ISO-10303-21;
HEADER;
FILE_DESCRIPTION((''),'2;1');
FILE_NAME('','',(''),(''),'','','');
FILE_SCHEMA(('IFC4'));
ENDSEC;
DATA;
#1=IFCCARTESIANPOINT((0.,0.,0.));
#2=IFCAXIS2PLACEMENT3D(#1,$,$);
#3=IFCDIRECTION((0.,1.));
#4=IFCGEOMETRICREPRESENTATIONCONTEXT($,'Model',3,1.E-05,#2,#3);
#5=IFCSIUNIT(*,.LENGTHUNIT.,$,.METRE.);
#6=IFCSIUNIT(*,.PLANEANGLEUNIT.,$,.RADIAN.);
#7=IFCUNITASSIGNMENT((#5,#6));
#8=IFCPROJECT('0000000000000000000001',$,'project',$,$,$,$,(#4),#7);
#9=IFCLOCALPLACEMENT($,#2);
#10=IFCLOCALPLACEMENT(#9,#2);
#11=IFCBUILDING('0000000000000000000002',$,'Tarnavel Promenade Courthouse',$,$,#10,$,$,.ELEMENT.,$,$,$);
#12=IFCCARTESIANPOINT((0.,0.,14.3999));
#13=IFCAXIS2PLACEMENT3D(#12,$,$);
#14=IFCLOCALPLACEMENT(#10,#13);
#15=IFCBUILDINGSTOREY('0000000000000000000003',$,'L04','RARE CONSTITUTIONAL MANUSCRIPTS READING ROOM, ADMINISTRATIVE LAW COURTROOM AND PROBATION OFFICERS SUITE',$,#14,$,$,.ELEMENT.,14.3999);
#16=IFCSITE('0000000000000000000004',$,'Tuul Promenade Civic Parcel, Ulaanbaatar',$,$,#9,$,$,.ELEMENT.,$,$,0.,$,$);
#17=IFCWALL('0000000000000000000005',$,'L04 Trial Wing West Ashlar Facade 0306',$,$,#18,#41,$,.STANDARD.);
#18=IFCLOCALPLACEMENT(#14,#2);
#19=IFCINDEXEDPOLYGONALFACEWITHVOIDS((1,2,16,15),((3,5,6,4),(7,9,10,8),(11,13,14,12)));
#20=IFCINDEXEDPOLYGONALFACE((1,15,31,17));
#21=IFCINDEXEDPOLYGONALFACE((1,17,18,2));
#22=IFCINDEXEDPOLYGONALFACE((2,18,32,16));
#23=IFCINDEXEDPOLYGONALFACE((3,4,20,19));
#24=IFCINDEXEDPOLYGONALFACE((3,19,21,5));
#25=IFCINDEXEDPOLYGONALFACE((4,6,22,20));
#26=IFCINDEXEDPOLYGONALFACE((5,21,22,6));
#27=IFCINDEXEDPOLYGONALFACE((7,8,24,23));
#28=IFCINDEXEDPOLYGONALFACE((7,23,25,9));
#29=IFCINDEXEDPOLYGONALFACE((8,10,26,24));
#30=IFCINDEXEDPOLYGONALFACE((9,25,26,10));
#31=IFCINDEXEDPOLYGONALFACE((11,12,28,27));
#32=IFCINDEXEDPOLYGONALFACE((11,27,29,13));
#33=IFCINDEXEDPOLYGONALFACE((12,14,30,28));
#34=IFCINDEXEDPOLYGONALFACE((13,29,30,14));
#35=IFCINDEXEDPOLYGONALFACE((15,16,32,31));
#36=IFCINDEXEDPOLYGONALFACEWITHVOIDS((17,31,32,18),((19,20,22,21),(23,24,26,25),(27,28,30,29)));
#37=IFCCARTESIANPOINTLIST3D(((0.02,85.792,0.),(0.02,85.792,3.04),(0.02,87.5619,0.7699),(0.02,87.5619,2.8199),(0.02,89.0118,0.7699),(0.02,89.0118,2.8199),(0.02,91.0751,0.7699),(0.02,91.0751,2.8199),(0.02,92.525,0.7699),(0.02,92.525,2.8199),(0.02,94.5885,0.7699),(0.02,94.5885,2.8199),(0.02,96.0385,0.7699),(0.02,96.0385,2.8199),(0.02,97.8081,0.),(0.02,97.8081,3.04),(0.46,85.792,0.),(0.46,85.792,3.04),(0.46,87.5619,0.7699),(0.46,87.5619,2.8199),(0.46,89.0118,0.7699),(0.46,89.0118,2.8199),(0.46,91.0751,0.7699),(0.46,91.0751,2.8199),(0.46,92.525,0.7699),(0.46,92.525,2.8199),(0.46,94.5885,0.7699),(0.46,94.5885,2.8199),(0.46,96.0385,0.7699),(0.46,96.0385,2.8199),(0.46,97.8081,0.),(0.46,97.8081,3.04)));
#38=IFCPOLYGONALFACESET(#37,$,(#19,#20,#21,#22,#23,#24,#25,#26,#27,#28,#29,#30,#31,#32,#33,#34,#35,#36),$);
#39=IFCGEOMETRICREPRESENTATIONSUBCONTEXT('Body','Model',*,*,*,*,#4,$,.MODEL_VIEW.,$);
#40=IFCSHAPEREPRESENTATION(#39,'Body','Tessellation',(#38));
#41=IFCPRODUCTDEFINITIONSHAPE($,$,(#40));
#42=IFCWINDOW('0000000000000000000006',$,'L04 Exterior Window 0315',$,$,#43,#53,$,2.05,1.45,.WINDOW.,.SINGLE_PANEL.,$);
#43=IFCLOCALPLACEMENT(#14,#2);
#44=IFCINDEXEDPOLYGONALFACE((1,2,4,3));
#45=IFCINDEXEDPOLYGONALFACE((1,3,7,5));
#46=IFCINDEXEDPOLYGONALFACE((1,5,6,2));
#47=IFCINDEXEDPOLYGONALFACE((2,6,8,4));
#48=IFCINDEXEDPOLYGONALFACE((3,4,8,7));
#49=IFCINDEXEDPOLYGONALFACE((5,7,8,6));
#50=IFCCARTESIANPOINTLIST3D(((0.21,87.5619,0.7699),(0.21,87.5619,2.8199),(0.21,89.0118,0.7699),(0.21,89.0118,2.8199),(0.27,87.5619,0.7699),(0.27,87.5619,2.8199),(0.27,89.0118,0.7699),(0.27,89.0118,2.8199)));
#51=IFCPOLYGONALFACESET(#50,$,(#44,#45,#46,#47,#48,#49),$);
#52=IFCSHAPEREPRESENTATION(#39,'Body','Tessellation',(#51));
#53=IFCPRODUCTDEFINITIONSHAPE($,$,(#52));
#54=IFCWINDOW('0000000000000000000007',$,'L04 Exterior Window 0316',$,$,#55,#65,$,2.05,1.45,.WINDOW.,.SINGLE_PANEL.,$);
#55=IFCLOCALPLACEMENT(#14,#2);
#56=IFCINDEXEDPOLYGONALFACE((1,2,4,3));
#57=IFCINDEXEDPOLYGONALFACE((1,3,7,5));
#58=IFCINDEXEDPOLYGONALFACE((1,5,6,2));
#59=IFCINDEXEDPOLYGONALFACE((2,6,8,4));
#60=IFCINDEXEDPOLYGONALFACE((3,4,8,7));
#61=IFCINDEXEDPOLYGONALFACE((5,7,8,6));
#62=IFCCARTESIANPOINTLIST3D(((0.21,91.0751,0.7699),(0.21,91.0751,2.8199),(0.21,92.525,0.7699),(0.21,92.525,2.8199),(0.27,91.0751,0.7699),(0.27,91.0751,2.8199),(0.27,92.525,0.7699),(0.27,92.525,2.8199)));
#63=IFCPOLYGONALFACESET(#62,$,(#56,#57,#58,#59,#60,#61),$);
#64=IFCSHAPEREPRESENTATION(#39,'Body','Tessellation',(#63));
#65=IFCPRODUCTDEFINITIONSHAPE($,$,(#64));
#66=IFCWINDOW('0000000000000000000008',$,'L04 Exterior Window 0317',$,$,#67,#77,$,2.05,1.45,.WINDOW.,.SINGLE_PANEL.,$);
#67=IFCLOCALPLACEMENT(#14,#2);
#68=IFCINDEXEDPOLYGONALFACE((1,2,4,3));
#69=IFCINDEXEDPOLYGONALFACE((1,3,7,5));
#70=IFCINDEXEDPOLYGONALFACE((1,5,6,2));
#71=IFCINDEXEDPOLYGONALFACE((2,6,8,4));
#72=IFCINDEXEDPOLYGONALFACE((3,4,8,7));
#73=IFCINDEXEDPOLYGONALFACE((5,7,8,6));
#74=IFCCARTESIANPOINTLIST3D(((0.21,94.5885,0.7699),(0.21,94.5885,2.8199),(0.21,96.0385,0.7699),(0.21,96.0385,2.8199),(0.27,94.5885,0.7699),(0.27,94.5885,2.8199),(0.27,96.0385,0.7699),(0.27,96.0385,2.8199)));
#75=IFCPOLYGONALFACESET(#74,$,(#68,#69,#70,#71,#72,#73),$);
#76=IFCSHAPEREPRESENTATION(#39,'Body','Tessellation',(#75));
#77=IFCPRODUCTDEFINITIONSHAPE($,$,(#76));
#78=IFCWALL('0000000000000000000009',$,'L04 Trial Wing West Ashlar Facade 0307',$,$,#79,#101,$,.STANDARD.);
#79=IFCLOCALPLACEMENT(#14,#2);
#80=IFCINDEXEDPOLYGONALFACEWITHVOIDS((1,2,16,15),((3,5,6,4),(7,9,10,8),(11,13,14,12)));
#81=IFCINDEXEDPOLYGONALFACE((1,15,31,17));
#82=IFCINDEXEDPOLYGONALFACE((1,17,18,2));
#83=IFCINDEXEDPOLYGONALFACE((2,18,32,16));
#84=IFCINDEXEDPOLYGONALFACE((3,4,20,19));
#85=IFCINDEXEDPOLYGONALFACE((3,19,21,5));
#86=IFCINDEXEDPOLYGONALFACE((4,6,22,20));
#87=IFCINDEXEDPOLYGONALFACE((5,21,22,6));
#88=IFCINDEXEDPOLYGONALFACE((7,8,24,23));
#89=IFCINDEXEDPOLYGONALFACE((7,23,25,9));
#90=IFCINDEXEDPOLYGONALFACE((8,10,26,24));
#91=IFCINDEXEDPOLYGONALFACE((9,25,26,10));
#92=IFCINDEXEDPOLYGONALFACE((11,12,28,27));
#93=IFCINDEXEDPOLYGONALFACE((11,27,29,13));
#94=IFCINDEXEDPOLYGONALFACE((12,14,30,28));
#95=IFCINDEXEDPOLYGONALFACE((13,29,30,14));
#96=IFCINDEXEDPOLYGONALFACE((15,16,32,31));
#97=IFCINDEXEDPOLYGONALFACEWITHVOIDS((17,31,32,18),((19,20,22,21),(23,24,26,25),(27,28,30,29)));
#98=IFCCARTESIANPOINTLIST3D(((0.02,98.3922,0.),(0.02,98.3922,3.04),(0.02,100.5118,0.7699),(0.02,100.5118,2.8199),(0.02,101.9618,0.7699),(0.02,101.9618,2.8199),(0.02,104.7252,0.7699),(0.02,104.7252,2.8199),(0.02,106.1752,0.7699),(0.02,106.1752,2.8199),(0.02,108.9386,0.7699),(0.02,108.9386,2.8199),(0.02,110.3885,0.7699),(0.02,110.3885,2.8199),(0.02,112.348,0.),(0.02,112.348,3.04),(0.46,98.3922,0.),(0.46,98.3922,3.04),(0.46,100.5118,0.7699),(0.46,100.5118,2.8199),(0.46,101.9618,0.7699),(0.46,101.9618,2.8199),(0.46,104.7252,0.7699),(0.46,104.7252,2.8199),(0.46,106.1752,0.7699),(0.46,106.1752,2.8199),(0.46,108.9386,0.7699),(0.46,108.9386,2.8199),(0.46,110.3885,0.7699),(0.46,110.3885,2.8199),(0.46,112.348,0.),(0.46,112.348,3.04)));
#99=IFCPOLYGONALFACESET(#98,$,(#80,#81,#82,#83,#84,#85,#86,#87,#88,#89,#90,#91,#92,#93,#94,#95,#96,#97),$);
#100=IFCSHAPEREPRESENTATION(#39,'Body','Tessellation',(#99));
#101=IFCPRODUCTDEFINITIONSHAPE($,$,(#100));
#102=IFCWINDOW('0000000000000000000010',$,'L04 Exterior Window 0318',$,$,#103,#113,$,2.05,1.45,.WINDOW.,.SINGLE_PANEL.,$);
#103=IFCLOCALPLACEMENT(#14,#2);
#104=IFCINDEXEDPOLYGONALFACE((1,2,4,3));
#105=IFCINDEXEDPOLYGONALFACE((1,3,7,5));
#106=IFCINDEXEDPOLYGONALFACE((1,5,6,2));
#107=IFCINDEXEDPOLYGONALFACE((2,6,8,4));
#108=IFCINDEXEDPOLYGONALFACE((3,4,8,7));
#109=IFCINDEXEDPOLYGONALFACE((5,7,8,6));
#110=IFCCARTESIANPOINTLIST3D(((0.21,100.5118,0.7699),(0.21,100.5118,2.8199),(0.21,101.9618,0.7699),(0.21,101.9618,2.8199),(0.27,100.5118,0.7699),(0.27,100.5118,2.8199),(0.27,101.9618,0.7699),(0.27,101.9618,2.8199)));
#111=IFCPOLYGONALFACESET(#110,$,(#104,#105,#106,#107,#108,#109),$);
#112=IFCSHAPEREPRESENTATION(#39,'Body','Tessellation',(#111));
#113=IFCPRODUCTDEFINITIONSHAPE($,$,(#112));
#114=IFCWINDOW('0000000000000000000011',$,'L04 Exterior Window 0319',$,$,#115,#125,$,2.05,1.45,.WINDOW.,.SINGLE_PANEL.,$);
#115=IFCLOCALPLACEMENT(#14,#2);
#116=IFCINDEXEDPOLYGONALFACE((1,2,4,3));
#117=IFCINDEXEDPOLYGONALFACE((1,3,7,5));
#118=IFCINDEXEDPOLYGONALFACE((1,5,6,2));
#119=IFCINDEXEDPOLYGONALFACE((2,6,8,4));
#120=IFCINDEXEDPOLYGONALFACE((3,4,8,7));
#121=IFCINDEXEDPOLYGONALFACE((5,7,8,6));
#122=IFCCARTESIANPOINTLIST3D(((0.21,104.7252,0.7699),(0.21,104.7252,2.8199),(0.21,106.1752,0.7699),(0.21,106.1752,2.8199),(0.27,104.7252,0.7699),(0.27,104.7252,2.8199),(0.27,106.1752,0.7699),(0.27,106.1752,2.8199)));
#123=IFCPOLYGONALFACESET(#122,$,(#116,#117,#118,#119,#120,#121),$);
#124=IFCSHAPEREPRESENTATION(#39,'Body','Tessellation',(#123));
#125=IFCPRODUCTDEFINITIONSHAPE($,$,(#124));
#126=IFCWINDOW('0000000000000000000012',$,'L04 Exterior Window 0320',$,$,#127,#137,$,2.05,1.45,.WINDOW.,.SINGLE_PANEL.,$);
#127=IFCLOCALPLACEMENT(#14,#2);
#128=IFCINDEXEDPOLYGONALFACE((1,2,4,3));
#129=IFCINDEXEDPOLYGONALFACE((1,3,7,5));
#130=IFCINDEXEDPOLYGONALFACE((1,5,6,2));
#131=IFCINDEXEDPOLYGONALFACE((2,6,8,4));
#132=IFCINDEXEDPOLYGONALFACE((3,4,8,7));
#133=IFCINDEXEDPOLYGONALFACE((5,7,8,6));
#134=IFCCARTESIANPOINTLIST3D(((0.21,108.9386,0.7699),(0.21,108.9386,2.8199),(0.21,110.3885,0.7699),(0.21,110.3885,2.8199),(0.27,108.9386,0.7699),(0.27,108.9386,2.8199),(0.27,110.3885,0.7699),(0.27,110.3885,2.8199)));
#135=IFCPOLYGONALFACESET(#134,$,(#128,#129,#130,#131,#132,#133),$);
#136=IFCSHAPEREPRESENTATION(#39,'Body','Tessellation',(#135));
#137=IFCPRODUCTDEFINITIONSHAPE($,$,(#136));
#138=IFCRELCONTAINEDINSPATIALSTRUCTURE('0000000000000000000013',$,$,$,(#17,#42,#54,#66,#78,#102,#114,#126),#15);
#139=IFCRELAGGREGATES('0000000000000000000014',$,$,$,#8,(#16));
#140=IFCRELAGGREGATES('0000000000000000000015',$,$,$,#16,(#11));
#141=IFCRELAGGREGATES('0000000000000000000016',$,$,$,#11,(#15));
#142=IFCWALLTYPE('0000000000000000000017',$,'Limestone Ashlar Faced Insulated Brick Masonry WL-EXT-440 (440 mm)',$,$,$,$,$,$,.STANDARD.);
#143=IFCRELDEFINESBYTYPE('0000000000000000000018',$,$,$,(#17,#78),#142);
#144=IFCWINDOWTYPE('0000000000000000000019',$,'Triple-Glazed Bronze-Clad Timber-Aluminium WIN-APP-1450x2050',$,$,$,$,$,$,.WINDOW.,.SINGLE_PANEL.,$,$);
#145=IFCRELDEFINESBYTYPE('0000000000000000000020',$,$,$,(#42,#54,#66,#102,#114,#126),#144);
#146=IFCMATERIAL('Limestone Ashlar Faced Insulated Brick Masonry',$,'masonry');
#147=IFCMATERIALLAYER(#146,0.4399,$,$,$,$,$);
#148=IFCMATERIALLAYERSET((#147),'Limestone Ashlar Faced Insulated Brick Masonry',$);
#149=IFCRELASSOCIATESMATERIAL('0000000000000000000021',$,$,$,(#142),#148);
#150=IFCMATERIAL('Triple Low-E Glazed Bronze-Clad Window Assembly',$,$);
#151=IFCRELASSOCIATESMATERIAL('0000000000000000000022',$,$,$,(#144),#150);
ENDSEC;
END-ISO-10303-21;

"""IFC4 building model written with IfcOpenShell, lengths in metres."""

from ifc_helpers import new_model, si_unit, direction, frame, frame_2d, origin, place, context, subcontext, project, spatial, rectangle, extrude, material, layer, layer_set, type_object, element, fill, save


model = new_model("IFC4")

# Units and contexts
model_context = context("Model", 3, precision=1e-05, world=origin(), true_north=direction((0.0, 1.0)))
body_context = subcontext(model_context, "Body", "Model", "MODEL_VIEW")
ifc_project = project(units=[si_unit("LENGTHUNIT", "METRE"), si_unit("PLANEANGLEUNIT", "RADIAN")], contexts=[model_context])

# Site, building, storey
site_placement = place(None, origin())
site = spatial("IfcSite", under=ifc_project, at=site_placement, Name="Tuul Promenade Civic Parcel, Ulaanbaatar", CompositionType="ELEMENT", RefElevation=0.0)
building_placement = place(site_placement, origin())
building = spatial("IfcBuilding", under=site, at=building_placement, Name="Tarnavel Promenade Courthouse", CompositionType="ELEMENT")
storey_placement = place(building_placement, frame((0.0, 0.0, 14.3999)))
storey = spatial("IfcBuildingStorey", under=building, at=storey_placement, Name="L04", Description="RARE CONSTITUTIONAL MANUSCRIPTS READING ROOM, ADMINISTRATIVE LAW COURTROOM AND PROBATION OFFICERS SUITE", CompositionType="ELEMENT", Elevation=14.3999)

# Walls, openings, windows
ifc_material_1 = material(Name="Limestone Ashlar Faced Insulated Brick Masonry", Category="masonry")
ifc_layer = layer(ifc_material_1, 0.4399)
ifc_layer_set = layer_set([ifc_layer], Name="Limestone Ashlar Faced Insulated Brick Masonry")
wall_type = type_object("IfcWallType", Name="Limestone Ashlar Faced Insulated Brick Masonry WL-EXT-440 (440 mm)", PredefinedType="STANDARD", material=ifc_layer_set)
wall_1_placement = place(storey_placement, frame((0.24, 85.792, 0.0), z_axis=(0.0, 0.0, 1.0), x_axis=(0.0, 1.0, 0.0)))
wall_1 = element("IfcWall", 1, at=wall_1_placement, inside=storey, type_object=wall_type, Name="L04 Trial Wing West Ashlar Facade 0306", PredefinedType="STANDARD", context=body_context, shape_type="SweptSolid", body=[
    extrude(rectangle(XDim=12.0161, YDim=0.4399, at=frame_2d((6.0081, 0.0))), origin(), (0.0, 0.0, 1.0), 3.04),
])
opening_1_placement = place(wall_1_placement, frame((1.7698, 0.0, 0.77)))
opening_1 = element("IfcOpeningElement", 2, at=opening_1_placement, cuts=wall_1, PredefinedType="OPENING", context=body_context, shape_type="SweptSolid", body=[
    extrude(rectangle(XDim=1.45, YDim=2.05, at=frame_2d((0.7251, 1.0249))), frame((0.0, 0.23, 0.0), z_axis=(0.0, -1.0, 0.0), x_axis=(1.0, 0.0, 0.0)), (0.0, 0.0, 1.0), 0.46),
])
opening_2_placement = place(wall_1_placement, frame((5.283, 0.0, 0.77)))
opening_2 = element("IfcOpeningElement", 3, at=opening_2_placement, cuts=wall_1, PredefinedType="OPENING", context=body_context, shape_type="SweptSolid", body=[
    extrude(rectangle(XDim=1.45, YDim=2.05, at=frame_2d((0.7251, 1.0249))), frame((0.0, 0.23, 0.0), z_axis=(0.0, -1.0, 0.0), x_axis=(1.0, 0.0, 0.0)), (0.0, 0.0, 1.0), 0.46),
])
opening_3_placement = place(wall_1_placement, frame((8.7964, 0.0, 0.77)))
opening_3 = element("IfcOpeningElement", 4, at=opening_3_placement, cuts=wall_1, PredefinedType="OPENING", context=body_context, shape_type="SweptSolid", body=[
    extrude(rectangle(XDim=1.45, YDim=2.05, at=frame_2d((0.7251, 1.0249))), frame((0.0, 0.23, 0.0), z_axis=(0.0, -1.0, 0.0), x_axis=(1.0, 0.0, 0.0)), (0.0, 0.0, 1.0), 0.46),
])
ifc_material_2 = material(Name="Triple Low-E Glazed Bronze-Clad Window Assembly")
window_type = type_object("IfcWindowType", Name="Triple-Glazed Bronze-Clad Timber-Aluminium WIN-APP-1450x2050", PartitioningType="SINGLE_PANEL", PredefinedType="WINDOW", material=ifc_material_2)
window_1_placement = place(opening_1_placement, origin())
window_1 = element("IfcWindow", 5, at=window_1_placement, inside=storey, type_object=window_type, Name="L04 Exterior Window 0315", OverallHeight=2.05, OverallWidth=1.45, PartitioningType="SINGLE_PANEL", PredefinedType="WINDOW", context=body_context, shape_type="SweptSolid", body=[
    extrude(rectangle(XDim=1.45, YDim=2.05, at=frame_2d((0.7251, 1.0249))), frame((0.0, 0.03, 0.0), z_axis=(0.0, -1.0, 0.0), x_axis=(1.0, 0.0, 0.0)), (0.0, 0.0, 1.0), 0.0601),
])
fill(opening_1, window_1)
window_2_placement = place(opening_2_placement, origin())
window_2 = element("IfcWindow", 6, at=window_2_placement, inside=storey, type_object=window_type, Name="L04 Exterior Window 0316", OverallHeight=2.05, OverallWidth=1.45, PartitioningType="SINGLE_PANEL", PredefinedType="WINDOW", context=body_context, shape_type="SweptSolid", body=[
    extrude(rectangle(XDim=1.45, YDim=2.05, at=frame_2d((0.7251, 1.0249))), frame((0.0, 0.03, 0.0), z_axis=(0.0, -1.0, 0.0), x_axis=(1.0, 0.0, 0.0)), (0.0, 0.0, 1.0), 0.0601),
])
fill(opening_2, window_2)
window_3_placement = place(opening_3_placement, origin())
window_3 = element("IfcWindow", 7, at=window_3_placement, inside=storey, type_object=window_type, Name="L04 Exterior Window 0317", OverallHeight=2.05, OverallWidth=1.45, PartitioningType="SINGLE_PANEL", PredefinedType="WINDOW", context=body_context, shape_type="SweptSolid", body=[
    extrude(rectangle(XDim=1.45, YDim=2.05, at=frame_2d((0.7251, 1.0249))), frame((0.0, 0.03, 0.0), z_axis=(0.0, -1.0, 0.0), x_axis=(1.0, 0.0, 0.0)), (0.0, 0.0, 1.0), 0.0601),
])
fill(opening_3, window_3)
wall_2_placement = place(storey_placement, frame((0.24, 98.3921, 0.0), z_axis=(0.0, 0.0, 1.0), x_axis=(0.0, 1.0, 0.0)))
wall_2 = element("IfcWall", 8, at=wall_2_placement, inside=storey, type_object=wall_type, Name="L04 Trial Wing West Ashlar Facade 0307", PredefinedType="STANDARD", context=body_context, shape_type="SweptSolid", body=[
    extrude(rectangle(XDim=13.9558, YDim=0.4399, at=frame_2d((6.978, 0.0))), origin(), (0.0, 0.0, 1.0), 3.04),
])
opening_4_placement = place(wall_2_placement, frame((2.1196, 0.0, 0.77)))
opening_4 = element("IfcOpeningElement", 9, at=opening_4_placement, cuts=wall_2, PredefinedType="OPENING", context=body_context, shape_type="SweptSolid", body=[
    extrude(rectangle(XDim=1.45, YDim=2.05, at=frame_2d((0.7251, 1.0249))), frame((0.0, 0.23, 0.0), z_axis=(0.0, -1.0, 0.0), x_axis=(1.0, 0.0, 0.0)), (0.0, 0.0, 1.0), 0.46),
])
opening_5_placement = place(wall_2_placement, frame((6.333, 0.0, 0.77)))
opening_5 = element("IfcOpeningElement", 10, at=opening_5_placement, cuts=wall_2, PredefinedType="OPENING", context=body_context, shape_type="SweptSolid", body=[
    extrude(rectangle(XDim=1.45, YDim=2.05, at=frame_2d((0.7251, 1.0249))), frame((0.0, 0.23, 0.0), z_axis=(0.0, -1.0, 0.0), x_axis=(1.0, 0.0, 0.0)), (0.0, 0.0, 1.0), 0.46),
])
opening_6_placement = place(wall_2_placement, frame((10.5464, 0.0, 0.77)))
opening_6 = element("IfcOpeningElement", 11, at=opening_6_placement, cuts=wall_2, PredefinedType="OPENING", context=body_context, shape_type="SweptSolid", body=[
    extrude(rectangle(XDim=1.45, YDim=2.05, at=frame_2d((0.7251, 1.0249))), frame((0.0, 0.23, 0.0), z_axis=(0.0, -1.0, 0.0), x_axis=(1.0, 0.0, 0.0)), (0.0, 0.0, 1.0), 0.46),
])
window_4_placement = place(opening_4_placement, origin())
window_4 = element("IfcWindow", 12, at=window_4_placement, inside=storey, type_object=window_type, Name="L04 Exterior Window 0318", OverallHeight=2.05, OverallWidth=1.45, PartitioningType="SINGLE_PANEL", PredefinedType="WINDOW", context=body_context, shape_type="SweptSolid", body=[
    extrude(rectangle(XDim=1.45, YDim=2.05, at=frame_2d((0.7251, 1.0249))), frame((0.0, 0.03, 0.0), z_axis=(0.0, -1.0, 0.0), x_axis=(1.0, 0.0, 0.0)), (0.0, 0.0, 1.0), 0.0601),
])
fill(opening_4, window_4)
window_5_placement = place(opening_5_placement, origin())
window_5 = element("IfcWindow", 13, at=window_5_placement, inside=storey, type_object=window_type, Name="L04 Exterior Window 0319", OverallHeight=2.05, OverallWidth=1.45, PartitioningType="SINGLE_PANEL", PredefinedType="WINDOW", context=body_context, shape_type="SweptSolid", body=[
    extrude(rectangle(XDim=1.45, YDim=2.05, at=frame_2d((0.7251, 1.0249))), frame((0.0, 0.03, 0.0), z_axis=(0.0, -1.0, 0.0), x_axis=(1.0, 0.0, 0.0)), (0.0, 0.0, 1.0), 0.0601),
])
fill(opening_5, window_5)
window_6_placement = place(opening_6_placement, origin())
window_6 = element("IfcWindow", 14, at=window_6_placement, inside=storey, type_object=window_type, Name="L04 Exterior Window 0320", OverallHeight=2.05, OverallWidth=1.45, PartitioningType="SINGLE_PANEL", PredefinedType="WINDOW", context=body_context, shape_type="SweptSolid", body=[
    extrude(rectangle(XDim=1.45, YDim=2.05, at=frame_2d((0.7251, 1.0249))), frame((0.0, 0.03, 0.0), z_axis=(0.0, -1.0, 0.0), x_axis=(1.0, 0.0, 0.0)), (0.0, 0.0, 1.0), 0.0601),
])
fill(opening_6, window_6)

save(model, "model.ifc")
